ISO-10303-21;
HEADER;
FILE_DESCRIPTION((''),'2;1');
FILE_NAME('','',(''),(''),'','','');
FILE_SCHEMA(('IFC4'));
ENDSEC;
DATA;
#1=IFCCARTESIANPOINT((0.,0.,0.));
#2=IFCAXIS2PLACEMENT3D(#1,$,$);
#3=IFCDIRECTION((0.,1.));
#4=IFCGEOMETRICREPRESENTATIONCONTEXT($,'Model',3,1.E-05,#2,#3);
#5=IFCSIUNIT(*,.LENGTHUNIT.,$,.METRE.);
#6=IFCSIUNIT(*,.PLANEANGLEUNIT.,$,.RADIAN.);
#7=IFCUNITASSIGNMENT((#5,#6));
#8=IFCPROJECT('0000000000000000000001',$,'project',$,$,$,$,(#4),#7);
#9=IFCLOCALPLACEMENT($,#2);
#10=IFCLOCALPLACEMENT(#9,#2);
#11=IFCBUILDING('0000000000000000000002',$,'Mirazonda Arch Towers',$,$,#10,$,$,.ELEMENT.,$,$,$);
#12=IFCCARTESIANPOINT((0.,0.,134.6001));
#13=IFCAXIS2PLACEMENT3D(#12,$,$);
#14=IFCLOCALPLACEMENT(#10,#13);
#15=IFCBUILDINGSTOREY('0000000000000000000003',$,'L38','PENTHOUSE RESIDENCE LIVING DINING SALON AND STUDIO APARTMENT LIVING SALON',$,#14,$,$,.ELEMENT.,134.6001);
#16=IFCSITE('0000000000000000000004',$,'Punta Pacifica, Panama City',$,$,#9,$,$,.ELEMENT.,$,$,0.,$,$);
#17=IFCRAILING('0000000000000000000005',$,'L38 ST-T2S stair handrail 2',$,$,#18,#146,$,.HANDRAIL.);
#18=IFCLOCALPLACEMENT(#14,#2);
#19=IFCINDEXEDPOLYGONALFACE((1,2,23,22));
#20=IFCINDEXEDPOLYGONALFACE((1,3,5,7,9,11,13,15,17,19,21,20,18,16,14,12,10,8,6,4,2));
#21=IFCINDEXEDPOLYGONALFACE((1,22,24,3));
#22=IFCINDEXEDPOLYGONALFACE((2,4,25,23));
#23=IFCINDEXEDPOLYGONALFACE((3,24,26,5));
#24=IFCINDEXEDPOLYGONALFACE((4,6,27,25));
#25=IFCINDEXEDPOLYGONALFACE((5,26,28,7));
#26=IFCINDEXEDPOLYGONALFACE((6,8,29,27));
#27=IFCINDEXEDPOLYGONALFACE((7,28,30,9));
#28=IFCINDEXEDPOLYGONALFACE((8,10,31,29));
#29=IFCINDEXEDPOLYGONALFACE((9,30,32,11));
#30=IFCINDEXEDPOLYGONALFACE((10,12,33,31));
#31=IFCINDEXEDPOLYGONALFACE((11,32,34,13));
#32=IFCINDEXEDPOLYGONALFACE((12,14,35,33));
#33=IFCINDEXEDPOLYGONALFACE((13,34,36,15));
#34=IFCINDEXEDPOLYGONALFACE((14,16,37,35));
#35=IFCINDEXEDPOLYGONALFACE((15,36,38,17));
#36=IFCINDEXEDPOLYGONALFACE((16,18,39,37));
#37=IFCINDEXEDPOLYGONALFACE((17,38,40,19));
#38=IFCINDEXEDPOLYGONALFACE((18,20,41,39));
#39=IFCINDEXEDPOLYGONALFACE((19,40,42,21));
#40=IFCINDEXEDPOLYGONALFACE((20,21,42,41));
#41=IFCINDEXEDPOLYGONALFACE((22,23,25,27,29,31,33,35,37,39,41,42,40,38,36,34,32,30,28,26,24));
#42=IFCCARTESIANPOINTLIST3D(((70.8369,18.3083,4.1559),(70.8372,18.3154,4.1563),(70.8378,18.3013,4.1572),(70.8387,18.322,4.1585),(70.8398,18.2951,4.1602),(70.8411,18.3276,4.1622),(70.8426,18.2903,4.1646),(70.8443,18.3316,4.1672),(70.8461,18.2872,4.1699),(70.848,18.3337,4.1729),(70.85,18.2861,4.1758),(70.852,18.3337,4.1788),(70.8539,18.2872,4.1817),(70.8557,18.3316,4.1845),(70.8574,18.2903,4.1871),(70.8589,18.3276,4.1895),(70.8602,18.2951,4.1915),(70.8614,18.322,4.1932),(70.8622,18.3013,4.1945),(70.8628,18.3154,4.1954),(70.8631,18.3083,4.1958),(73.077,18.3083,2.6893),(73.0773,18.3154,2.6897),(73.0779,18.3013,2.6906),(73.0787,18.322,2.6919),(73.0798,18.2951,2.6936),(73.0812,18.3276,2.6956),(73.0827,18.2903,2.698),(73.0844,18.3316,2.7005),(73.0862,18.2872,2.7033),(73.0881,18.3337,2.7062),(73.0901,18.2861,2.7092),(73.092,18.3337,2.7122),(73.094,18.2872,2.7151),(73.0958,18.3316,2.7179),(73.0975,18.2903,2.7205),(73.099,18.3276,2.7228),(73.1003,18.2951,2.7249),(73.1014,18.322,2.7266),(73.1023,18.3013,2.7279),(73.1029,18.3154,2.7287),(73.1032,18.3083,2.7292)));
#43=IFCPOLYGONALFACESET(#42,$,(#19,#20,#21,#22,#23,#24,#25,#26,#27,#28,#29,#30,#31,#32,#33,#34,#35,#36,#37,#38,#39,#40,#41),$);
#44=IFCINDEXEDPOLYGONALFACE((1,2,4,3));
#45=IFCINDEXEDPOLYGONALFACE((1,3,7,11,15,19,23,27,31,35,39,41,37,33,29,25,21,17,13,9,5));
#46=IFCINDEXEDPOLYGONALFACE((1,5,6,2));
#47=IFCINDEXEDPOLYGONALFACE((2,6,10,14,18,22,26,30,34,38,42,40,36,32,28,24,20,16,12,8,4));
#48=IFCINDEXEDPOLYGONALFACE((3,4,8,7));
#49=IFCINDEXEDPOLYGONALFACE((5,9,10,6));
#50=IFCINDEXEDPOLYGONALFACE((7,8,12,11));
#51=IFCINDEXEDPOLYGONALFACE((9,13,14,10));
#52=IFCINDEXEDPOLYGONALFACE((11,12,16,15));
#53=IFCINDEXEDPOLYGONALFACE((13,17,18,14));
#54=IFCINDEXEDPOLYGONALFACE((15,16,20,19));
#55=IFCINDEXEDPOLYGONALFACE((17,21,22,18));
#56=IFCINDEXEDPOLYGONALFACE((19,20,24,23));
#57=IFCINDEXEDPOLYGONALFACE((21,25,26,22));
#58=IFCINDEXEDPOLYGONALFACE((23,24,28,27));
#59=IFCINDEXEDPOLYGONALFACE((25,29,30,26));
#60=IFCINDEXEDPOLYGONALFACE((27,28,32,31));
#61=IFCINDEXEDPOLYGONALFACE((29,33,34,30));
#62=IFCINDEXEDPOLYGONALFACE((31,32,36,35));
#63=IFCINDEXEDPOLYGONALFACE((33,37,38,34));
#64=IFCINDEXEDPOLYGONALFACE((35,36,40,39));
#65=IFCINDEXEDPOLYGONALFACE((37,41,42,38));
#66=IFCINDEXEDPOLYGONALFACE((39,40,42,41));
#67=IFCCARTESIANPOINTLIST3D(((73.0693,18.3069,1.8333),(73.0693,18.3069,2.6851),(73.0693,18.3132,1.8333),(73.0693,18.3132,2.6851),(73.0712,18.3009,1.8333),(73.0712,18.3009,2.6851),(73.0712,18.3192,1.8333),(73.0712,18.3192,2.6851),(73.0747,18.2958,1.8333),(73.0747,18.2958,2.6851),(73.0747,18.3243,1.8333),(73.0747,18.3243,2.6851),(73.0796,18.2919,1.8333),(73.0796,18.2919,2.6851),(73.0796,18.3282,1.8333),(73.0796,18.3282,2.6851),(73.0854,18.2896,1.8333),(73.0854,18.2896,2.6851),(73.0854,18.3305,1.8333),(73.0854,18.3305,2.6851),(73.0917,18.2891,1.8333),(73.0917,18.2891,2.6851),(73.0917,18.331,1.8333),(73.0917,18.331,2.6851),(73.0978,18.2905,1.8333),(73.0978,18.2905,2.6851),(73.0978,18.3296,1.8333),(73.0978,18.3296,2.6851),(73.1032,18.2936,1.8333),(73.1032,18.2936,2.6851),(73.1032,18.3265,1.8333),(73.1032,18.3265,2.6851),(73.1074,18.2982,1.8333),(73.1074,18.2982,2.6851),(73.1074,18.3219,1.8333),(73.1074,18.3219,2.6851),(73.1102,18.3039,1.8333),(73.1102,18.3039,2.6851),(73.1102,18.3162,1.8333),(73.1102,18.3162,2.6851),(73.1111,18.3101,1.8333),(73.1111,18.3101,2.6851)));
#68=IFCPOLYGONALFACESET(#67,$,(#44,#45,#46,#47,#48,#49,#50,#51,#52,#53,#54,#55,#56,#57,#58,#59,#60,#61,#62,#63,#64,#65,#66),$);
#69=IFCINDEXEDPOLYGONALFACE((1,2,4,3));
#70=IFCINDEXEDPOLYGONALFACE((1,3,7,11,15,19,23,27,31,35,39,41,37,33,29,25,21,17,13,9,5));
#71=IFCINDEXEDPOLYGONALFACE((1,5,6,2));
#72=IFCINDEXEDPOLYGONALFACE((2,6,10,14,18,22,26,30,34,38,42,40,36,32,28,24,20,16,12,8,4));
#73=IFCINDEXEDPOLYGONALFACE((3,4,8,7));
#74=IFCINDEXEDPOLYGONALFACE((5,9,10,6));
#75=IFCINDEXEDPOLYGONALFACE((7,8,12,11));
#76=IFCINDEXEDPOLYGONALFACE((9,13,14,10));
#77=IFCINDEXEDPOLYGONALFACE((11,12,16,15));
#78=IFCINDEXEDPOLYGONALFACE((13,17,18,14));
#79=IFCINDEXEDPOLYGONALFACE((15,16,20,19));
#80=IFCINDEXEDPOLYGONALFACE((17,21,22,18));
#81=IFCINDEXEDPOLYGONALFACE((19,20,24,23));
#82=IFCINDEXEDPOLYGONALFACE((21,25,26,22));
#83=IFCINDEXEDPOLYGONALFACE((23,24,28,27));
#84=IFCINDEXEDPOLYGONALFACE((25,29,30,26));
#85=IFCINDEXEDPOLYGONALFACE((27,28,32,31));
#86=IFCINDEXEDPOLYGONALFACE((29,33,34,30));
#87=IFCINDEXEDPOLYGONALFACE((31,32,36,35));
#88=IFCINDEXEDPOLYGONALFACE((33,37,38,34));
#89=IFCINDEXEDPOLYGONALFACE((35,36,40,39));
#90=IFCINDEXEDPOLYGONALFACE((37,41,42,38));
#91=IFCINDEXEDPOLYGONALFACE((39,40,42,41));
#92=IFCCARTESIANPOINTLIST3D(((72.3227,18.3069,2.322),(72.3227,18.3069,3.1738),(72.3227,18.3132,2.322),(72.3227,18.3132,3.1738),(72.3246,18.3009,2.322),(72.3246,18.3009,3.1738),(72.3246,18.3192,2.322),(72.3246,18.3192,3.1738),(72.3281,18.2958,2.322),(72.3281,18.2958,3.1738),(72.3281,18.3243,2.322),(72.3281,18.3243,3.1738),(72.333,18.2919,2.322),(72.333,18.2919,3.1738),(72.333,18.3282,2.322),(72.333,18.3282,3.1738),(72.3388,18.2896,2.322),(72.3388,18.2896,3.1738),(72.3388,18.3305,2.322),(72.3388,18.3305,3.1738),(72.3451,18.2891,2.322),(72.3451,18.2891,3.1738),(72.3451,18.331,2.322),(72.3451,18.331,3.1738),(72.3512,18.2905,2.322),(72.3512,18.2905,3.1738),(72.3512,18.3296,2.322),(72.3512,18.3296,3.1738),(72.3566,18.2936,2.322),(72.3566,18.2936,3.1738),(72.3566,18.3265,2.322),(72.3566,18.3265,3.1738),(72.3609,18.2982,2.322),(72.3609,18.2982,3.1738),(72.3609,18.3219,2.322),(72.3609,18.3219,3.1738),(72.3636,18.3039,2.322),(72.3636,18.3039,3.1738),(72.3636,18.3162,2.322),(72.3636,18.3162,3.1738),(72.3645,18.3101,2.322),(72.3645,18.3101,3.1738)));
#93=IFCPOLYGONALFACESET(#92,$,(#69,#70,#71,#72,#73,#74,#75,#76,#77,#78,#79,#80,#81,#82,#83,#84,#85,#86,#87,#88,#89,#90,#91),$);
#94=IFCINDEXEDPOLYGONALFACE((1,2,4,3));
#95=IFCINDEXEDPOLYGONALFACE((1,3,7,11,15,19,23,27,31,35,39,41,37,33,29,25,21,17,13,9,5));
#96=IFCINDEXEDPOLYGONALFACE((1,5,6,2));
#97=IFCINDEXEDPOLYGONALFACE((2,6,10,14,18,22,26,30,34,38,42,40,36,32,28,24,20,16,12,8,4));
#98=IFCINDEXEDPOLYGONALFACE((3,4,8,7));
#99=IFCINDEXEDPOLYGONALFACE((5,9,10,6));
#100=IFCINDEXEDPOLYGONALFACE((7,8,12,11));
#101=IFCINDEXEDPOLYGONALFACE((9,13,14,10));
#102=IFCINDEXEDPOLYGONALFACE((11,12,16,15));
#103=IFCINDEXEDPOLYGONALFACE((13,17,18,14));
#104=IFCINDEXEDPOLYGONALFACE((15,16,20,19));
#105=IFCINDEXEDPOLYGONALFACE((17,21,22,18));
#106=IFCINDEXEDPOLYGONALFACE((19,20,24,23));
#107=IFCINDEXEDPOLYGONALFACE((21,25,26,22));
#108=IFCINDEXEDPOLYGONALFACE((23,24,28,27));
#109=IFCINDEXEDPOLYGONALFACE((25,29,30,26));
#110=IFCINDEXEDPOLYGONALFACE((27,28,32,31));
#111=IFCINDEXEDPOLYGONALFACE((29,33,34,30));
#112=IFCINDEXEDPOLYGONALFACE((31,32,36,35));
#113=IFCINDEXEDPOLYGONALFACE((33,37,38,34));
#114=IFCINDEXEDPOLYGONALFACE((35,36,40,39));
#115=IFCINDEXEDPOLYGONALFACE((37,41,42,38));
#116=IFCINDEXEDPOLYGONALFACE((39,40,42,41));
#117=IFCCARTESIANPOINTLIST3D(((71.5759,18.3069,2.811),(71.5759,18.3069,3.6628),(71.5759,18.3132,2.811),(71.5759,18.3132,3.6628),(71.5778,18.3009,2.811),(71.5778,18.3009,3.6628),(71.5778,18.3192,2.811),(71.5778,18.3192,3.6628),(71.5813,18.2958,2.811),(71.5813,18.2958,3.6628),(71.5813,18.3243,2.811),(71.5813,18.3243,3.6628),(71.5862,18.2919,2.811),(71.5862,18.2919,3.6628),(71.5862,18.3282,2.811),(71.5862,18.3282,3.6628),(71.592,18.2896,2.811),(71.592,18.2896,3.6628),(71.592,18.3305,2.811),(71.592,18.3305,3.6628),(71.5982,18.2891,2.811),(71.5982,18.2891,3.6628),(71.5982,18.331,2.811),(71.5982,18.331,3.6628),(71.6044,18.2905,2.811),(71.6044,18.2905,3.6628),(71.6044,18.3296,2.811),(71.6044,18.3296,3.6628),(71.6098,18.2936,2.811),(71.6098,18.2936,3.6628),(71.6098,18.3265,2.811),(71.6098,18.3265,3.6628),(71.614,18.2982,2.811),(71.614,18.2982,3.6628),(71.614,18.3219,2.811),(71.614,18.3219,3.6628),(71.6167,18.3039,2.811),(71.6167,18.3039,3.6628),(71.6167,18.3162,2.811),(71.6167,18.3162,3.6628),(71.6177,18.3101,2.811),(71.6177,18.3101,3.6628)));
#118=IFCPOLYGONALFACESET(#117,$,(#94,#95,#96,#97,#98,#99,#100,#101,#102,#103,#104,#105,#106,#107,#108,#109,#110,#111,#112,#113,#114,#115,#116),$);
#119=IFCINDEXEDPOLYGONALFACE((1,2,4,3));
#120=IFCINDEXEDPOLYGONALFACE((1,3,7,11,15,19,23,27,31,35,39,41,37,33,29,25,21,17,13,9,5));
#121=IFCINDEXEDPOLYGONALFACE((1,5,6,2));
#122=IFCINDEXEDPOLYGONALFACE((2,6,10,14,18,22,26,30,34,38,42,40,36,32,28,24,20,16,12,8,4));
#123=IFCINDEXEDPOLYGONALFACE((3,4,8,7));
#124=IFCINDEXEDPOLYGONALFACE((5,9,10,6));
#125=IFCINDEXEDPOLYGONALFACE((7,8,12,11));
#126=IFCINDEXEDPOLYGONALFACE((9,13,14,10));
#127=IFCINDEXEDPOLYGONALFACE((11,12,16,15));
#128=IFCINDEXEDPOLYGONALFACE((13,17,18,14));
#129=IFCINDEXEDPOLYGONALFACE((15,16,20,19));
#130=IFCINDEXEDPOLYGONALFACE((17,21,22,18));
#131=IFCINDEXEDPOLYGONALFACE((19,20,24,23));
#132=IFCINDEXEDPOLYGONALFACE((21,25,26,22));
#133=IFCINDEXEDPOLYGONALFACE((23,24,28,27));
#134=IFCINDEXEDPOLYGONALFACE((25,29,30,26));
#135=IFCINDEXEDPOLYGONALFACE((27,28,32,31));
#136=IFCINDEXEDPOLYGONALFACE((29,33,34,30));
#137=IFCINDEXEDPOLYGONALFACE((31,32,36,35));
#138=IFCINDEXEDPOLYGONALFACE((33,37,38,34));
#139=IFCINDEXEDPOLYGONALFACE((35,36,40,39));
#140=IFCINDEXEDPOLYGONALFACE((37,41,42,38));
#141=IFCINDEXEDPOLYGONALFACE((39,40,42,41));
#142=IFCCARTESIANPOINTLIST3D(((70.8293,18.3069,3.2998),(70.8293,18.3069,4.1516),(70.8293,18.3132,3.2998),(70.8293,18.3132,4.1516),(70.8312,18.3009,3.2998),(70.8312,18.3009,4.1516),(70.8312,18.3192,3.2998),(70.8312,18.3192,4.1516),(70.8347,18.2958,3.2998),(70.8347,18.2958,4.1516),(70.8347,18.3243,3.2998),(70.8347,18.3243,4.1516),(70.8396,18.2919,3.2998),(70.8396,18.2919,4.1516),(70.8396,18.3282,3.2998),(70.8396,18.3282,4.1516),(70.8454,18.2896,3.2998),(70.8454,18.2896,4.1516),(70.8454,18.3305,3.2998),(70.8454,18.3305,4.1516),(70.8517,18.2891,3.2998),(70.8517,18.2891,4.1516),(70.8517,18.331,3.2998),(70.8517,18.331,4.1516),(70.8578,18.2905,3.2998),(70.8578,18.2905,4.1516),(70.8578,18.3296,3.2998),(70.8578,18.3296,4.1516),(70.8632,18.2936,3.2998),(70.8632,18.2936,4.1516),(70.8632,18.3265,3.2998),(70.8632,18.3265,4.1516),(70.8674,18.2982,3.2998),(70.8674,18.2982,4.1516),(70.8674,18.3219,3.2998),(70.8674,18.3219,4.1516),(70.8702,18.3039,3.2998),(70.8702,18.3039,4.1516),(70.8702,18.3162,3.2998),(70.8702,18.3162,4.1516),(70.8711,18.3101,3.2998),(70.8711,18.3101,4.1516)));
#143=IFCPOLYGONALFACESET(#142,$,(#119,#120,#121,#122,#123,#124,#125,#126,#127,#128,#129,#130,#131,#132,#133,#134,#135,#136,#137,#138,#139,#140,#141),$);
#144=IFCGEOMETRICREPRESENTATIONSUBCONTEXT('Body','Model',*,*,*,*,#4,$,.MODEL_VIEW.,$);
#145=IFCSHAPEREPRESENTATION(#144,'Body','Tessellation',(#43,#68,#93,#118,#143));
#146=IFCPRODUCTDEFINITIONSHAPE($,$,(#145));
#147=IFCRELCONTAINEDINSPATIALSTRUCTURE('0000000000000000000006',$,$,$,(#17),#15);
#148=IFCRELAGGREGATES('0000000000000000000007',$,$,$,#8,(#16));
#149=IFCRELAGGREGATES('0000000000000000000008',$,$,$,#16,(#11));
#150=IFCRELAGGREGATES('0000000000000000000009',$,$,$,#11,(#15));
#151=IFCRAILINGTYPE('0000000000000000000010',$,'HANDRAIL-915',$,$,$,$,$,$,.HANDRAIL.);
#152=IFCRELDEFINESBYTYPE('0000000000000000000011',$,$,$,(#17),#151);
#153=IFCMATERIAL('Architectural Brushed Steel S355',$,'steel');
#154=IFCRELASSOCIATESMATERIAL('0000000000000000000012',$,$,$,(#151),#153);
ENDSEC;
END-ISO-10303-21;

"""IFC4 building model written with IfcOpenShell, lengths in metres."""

from ifc_helpers import new_model, si_unit, direction, frame, origin, origin_2d, place, context, subcontext, project, spatial, circle, extrude, material, type_object, element, save


model = new_model("IFC4")

# Units and contexts
model_context = context("Model", 3, precision=1e-05, world=origin(), true_north=direction((0.0, 1.0)))
body_context = subcontext(model_context, "Body", "Model", "MODEL_VIEW")
ifc_project = project(units=[si_unit("LENGTHUNIT", "METRE"), si_unit("PLANEANGLEUNIT", "RADIAN")], contexts=[model_context])

# Site, building, storey
site_placement = place(None, origin())
site = spatial("IfcSite", under=ifc_project, at=site_placement, Name="Punta Pacifica, Panama City", CompositionType="ELEMENT", RefElevation=0.0)
building_placement = place(site_placement, origin())
building = spatial("IfcBuilding", under=site, at=building_placement, Name="Mirazonda Arch Towers", CompositionType="ELEMENT")
storey_placement = place(building_placement, frame((0.0, 0.0, 134.6001)))
storey = spatial("IfcBuildingStorey", under=building, at=storey_placement, Name="L38", Description="PENTHOUSE RESIDENCE LIVING DINING SALON AND STUDIO APARTMENT LIVING SALON", CompositionType="ELEMENT", Elevation=134.6001)

# Railing
ifc_material_1 = material(Name="Architectural Brushed Steel S355", Category="steel")
railing_type_1 = type_object("IfcRailingType", Name="HANDRAIL-915", PredefinedType="HANDRAIL", material=ifc_material_1)
railing_1_placement = place(storey_placement, frame((73.0901, 18.3101, 1.8333)))
element("IfcRailing", 1, at=railing_1_placement, inside=storey, type_object=railing_type_1, Name="L38 ST-T2S stair handrail 2", PredefinedType="HANDRAIL", context=body_context, shape_type="SweptSolid", body=[
    extrude(circle(Radius=0.0239, at=origin_2d()), frame((0.0, 0.0, 0.876), z_axis=(-0.836637, 0.0, 0.547758), x_axis=(0.0, -1.0, 0.0)), (0.0, 0.0, 1.0), 2.6775),
    extrude(circle(Radius=0.021, at=origin_2d()), origin(), (0.0, 0.0, 1.0), 0.8518),
    extrude(circle(Radius=0.021, at=origin_2d()), frame((-0.7466, 0.0, 0.4888)), (0.0, 0.0, 1.0), 0.8518),
    extrude(circle(Radius=0.021, at=origin_2d()), frame((-1.4934, 0.0, 0.9778)), (0.0, 0.0, 1.0), 0.8518),
    extrude(circle(Radius=0.021, at=origin_2d()), frame((-2.24, 0.0, 1.4666)), (0.0, 0.0, 1.0), 0.8518),
])

save(model, "model.ifc")
